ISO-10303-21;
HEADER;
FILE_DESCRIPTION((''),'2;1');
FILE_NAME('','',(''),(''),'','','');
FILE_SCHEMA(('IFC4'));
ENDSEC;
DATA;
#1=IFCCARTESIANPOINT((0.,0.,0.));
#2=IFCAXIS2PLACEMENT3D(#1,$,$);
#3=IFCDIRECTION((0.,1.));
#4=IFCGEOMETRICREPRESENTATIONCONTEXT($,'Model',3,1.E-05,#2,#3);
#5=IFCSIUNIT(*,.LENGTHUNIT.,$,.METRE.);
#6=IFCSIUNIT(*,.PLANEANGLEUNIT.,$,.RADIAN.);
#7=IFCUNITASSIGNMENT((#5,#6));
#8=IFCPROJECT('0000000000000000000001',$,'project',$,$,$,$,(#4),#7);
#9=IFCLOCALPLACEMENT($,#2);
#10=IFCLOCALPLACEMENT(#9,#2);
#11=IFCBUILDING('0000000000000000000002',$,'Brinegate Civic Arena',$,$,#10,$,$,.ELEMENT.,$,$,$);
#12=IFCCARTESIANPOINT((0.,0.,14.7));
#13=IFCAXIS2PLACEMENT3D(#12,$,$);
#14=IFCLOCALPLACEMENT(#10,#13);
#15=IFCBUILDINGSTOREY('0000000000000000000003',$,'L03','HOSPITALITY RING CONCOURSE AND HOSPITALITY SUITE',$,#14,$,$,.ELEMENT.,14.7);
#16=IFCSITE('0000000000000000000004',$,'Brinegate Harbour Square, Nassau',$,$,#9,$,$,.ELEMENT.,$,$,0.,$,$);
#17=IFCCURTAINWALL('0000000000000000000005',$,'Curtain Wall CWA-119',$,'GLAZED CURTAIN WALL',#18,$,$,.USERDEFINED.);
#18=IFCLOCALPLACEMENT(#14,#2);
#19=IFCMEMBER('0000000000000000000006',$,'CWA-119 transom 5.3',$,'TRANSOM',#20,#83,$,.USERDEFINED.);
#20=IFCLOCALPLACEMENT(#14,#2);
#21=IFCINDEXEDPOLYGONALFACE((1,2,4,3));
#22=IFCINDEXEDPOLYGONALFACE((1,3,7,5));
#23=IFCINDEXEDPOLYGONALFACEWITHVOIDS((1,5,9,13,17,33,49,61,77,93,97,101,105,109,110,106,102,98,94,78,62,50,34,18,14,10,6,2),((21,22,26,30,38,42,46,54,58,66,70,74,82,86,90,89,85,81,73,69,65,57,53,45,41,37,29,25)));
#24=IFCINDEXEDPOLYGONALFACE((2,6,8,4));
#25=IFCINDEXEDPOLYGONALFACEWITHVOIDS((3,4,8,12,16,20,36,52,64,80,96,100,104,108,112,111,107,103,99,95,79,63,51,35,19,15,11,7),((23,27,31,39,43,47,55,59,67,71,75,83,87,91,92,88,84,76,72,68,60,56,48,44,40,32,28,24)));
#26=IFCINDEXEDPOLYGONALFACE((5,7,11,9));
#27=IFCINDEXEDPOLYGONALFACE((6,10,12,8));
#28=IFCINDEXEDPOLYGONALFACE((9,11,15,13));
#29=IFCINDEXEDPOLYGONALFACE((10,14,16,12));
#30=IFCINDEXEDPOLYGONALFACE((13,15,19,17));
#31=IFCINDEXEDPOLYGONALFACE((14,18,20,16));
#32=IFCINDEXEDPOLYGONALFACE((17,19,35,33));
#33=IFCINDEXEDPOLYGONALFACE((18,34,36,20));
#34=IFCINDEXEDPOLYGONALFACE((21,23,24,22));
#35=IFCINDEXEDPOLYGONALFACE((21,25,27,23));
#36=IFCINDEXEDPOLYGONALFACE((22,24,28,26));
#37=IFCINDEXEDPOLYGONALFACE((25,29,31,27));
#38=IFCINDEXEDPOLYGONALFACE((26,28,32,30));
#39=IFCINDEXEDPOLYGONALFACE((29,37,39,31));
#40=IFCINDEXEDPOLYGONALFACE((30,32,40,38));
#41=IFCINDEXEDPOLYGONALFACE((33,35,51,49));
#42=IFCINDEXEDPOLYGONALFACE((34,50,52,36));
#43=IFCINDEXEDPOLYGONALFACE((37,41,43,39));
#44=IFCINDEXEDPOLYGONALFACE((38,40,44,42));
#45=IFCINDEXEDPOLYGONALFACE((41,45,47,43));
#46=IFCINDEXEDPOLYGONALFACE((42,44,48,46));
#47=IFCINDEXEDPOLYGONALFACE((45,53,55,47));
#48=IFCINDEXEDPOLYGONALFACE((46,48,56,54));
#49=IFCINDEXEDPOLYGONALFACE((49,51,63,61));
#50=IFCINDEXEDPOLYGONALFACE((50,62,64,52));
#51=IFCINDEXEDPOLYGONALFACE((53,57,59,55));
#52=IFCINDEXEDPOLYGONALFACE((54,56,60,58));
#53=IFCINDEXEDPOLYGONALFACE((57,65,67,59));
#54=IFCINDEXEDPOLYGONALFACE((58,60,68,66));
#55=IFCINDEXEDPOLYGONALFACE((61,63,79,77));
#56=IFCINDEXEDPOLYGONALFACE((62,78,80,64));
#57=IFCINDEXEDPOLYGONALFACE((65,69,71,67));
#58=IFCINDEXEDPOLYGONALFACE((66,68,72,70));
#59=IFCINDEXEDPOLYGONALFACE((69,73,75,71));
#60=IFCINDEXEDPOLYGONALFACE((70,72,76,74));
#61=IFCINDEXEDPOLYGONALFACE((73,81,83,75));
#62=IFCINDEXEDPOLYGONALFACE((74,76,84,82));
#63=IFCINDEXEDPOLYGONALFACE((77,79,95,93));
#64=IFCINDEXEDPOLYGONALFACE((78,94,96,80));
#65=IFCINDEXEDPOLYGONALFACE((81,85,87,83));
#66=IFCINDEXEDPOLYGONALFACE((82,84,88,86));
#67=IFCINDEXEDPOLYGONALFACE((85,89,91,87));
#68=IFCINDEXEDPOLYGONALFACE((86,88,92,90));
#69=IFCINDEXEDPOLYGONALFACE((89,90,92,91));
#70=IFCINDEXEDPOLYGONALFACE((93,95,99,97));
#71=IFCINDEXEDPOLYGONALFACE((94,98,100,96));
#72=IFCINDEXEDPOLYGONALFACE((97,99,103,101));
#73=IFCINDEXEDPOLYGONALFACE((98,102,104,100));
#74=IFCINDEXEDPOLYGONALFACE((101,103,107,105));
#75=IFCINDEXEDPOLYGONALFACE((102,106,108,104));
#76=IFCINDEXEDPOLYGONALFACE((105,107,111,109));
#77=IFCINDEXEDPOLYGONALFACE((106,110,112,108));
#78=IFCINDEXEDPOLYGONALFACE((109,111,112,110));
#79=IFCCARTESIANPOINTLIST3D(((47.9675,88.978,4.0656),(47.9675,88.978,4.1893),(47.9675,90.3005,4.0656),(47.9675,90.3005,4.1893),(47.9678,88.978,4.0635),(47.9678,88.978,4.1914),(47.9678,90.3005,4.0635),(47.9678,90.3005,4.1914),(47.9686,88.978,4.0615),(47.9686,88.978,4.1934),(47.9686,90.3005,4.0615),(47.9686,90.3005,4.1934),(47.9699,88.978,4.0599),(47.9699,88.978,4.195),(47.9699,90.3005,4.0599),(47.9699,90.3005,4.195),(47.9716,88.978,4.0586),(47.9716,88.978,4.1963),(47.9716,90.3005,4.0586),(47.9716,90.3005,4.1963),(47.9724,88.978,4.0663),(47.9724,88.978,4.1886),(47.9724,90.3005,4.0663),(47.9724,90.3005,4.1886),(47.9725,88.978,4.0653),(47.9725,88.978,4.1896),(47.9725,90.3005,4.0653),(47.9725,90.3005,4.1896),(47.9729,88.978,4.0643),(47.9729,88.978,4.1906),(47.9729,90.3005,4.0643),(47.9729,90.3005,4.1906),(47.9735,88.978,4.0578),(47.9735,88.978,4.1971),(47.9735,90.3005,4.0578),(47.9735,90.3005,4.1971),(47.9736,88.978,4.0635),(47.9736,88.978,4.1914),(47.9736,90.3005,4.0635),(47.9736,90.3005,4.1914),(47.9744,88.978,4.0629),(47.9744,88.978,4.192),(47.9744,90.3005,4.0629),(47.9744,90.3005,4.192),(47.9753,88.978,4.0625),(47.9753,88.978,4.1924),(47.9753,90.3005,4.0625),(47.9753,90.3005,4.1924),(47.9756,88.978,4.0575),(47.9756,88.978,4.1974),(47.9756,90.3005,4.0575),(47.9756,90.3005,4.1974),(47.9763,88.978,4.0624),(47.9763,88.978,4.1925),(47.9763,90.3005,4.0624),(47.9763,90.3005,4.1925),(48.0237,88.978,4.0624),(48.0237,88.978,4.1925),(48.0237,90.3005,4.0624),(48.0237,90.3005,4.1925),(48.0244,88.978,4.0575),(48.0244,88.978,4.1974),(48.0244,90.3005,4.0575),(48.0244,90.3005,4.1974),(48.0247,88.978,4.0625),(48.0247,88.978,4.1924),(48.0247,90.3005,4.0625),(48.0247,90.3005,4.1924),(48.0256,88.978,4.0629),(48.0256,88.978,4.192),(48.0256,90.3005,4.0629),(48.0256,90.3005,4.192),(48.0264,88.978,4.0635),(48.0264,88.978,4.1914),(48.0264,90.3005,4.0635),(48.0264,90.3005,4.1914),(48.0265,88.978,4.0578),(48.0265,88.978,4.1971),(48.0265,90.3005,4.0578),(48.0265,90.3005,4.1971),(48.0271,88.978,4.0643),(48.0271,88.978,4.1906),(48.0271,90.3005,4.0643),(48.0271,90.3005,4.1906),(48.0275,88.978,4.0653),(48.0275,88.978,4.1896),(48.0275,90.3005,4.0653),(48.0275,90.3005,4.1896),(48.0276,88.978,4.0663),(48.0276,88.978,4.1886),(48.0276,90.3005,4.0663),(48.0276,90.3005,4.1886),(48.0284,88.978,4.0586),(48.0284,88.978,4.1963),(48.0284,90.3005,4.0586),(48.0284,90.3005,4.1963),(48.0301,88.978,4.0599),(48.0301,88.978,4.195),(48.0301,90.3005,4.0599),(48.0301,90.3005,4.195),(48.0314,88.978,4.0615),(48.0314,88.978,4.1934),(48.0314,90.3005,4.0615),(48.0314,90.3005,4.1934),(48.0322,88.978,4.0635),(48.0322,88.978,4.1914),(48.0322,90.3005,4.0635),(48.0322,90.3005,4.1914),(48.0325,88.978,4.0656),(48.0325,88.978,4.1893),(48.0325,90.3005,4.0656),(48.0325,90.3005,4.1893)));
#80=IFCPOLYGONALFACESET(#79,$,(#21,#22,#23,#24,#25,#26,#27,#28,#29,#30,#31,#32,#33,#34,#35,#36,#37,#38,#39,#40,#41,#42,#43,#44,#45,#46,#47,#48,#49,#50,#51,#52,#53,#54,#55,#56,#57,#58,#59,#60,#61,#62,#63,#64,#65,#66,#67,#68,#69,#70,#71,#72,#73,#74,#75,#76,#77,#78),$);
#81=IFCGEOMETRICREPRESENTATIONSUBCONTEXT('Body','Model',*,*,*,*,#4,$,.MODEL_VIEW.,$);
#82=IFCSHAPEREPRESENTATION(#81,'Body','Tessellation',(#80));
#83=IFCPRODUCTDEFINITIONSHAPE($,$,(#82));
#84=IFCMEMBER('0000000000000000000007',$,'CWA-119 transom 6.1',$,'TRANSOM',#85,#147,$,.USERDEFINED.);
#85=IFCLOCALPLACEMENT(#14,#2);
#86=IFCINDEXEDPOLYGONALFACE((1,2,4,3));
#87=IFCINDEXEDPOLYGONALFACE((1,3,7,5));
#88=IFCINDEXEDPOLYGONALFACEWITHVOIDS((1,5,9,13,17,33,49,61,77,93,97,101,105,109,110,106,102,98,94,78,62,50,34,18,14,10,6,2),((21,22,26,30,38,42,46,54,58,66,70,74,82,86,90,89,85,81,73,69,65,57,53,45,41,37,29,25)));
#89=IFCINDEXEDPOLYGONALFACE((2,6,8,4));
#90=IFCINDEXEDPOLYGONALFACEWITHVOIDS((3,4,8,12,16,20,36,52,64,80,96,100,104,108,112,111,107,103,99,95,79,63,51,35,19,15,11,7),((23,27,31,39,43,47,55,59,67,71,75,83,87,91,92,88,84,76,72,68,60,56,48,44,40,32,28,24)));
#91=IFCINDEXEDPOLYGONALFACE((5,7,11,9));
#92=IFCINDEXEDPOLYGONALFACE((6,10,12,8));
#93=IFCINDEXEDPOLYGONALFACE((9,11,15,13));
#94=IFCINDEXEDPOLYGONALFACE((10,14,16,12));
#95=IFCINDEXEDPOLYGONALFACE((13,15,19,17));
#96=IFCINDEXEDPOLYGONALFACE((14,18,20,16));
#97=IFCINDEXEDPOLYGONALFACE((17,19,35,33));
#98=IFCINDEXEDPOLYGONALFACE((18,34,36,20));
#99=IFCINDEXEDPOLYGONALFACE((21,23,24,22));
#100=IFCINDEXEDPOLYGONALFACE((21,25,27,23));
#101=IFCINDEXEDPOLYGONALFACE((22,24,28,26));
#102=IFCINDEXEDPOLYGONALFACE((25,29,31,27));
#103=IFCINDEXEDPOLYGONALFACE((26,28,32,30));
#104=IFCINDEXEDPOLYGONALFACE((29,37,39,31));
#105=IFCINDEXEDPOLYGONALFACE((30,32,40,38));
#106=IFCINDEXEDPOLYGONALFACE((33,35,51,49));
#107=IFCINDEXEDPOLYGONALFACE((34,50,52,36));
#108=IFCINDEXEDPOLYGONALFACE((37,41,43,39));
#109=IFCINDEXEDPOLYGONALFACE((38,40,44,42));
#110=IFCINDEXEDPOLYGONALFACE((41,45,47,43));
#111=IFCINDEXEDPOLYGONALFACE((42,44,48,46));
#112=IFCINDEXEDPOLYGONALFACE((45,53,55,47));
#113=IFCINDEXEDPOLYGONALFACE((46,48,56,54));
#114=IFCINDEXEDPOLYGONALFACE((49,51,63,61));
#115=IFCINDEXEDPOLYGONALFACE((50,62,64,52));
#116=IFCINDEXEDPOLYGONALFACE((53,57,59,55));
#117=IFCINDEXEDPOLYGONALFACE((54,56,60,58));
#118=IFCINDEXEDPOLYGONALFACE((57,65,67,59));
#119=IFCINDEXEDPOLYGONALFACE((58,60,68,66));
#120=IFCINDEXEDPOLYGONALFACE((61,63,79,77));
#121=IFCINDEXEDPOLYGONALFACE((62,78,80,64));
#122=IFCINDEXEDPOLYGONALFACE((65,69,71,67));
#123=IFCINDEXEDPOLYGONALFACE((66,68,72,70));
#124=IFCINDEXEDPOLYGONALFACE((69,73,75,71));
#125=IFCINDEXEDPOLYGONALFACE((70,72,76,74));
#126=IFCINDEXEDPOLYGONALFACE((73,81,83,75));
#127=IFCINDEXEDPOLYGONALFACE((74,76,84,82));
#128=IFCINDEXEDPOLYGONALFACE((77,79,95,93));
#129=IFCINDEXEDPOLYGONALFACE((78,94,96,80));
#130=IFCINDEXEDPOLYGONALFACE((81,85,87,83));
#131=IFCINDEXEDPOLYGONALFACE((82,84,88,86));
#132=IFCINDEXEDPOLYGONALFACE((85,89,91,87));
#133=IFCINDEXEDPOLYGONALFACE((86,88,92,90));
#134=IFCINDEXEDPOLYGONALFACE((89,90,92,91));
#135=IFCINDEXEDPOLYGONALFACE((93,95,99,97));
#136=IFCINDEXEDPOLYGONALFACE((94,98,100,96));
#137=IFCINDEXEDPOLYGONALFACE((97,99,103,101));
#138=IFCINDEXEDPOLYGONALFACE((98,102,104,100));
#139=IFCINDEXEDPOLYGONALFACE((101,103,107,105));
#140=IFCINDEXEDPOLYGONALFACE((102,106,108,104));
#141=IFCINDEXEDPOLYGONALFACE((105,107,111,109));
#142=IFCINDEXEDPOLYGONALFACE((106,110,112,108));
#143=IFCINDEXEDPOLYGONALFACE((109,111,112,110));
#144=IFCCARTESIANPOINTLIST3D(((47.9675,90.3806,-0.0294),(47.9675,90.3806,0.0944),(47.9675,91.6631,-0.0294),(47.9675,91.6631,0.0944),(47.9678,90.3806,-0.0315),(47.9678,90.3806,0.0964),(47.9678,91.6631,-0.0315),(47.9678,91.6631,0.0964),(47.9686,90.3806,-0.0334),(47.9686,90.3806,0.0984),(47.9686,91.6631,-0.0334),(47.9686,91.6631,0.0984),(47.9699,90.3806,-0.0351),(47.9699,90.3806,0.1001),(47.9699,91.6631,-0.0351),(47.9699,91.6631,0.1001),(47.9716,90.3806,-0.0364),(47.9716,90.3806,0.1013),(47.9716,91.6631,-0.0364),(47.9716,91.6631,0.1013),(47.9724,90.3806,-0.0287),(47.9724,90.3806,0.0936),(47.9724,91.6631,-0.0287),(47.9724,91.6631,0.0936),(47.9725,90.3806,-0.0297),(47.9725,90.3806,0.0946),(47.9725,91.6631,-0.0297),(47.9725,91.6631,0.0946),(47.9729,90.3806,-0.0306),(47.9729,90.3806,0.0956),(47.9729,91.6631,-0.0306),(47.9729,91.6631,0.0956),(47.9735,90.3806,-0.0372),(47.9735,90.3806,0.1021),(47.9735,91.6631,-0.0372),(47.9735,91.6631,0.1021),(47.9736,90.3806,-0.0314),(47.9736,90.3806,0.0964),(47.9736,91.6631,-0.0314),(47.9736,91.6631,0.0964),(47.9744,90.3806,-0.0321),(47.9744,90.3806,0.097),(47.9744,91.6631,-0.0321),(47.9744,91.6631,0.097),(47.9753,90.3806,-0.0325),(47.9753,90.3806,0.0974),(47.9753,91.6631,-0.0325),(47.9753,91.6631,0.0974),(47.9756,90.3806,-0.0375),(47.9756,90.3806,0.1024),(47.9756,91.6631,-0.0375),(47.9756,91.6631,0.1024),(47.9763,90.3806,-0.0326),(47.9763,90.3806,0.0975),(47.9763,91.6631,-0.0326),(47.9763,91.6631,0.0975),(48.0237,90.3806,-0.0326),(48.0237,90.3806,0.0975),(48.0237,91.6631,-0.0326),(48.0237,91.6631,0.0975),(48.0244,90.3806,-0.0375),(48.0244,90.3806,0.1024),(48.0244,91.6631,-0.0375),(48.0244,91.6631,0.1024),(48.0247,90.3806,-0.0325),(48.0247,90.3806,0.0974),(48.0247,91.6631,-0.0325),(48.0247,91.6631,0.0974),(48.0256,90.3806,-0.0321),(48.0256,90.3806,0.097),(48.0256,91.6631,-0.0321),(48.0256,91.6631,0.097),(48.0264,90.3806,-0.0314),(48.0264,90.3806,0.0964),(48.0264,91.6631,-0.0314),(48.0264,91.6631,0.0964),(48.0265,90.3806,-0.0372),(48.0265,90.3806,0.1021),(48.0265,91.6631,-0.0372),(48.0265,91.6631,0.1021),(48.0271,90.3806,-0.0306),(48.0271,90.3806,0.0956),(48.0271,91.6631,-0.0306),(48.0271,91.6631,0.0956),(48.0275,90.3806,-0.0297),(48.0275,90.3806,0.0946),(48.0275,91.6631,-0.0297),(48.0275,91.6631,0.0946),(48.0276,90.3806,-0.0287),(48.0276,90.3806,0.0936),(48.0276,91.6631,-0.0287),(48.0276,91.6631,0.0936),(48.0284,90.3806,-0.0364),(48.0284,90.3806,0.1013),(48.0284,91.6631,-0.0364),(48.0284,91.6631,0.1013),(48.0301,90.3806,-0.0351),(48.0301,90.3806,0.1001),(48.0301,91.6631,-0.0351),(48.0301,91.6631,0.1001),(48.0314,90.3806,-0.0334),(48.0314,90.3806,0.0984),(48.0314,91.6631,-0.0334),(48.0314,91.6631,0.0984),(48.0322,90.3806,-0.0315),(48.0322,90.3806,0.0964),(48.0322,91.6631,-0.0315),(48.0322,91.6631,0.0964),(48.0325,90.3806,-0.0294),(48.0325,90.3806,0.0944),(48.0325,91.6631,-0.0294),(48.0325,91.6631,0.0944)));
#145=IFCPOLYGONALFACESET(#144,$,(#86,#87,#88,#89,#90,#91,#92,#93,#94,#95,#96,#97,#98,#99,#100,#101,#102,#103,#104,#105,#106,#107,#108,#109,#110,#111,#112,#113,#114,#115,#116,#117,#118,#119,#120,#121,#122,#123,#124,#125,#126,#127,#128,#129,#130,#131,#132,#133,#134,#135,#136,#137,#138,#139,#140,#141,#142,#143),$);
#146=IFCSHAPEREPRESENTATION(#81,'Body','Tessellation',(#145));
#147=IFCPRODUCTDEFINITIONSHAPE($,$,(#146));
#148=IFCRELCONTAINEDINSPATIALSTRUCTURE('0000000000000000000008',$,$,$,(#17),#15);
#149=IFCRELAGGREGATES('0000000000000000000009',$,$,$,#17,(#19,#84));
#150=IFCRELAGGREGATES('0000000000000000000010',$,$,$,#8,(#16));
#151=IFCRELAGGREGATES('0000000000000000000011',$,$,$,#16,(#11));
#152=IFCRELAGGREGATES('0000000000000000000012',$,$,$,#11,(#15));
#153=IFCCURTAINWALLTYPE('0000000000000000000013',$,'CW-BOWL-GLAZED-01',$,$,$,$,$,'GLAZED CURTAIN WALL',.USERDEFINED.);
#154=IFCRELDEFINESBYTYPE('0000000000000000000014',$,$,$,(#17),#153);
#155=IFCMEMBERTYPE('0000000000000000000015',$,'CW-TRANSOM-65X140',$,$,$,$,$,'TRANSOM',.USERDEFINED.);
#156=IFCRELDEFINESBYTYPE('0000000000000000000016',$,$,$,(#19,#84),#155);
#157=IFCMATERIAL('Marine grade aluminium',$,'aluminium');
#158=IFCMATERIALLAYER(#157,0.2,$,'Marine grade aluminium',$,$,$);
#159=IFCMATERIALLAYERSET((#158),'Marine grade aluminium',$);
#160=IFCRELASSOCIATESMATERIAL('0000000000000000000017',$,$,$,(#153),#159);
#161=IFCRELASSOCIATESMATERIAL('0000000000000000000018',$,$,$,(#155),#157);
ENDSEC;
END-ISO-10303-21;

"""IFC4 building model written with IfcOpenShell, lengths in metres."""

from ifc_helpers import new_model, si_unit, direction, frame, origin, origin_2d, place, context, subcontext, project, spatial, hollow_rectangle, extrude, material, layer, layer_set, material_profile, profile_set, type_object, element, aggregate, save


model = new_model("IFC4")

# Units and contexts
model_context = context("Model", 3, precision=1e-05, world=origin(), true_north=direction((0.0, 1.0)))
body_context = subcontext(model_context, "Body", "Model", "MODEL_VIEW")
ifc_project = project(units=[si_unit("LENGTHUNIT", "METRE"), si_unit("PLANEANGLEUNIT", "RADIAN")], contexts=[model_context])

# Site, building, storey
site_placement = place(None, origin())
site = spatial("IfcSite", under=ifc_project, at=site_placement, Name="Brinegate Harbour Square, Nassau", CompositionType="ELEMENT", RefElevation=0.0)
building_placement = place(site_placement, origin())
building = spatial("IfcBuilding", under=site, at=building_placement, Name="Brinegate Civic Arena", CompositionType="ELEMENT")
storey_placement = place(building_placement, frame((0.0, 0.0, 14.7)))
storey = spatial("IfcBuildingStorey", under=building, at=storey_placement, Name="L03", Description="HOSPITALITY RING CONCOURSE AND HOSPITALITY SUITE", CompositionType="ELEMENT", Elevation=14.7)

# Curtain wall, members
ifc_material_1 = material(Name="Marine grade aluminium", Category="aluminium")
ifc_layer_1 = layer(ifc_material_1, 0.2, Name="Marine grade aluminium")
ifc_layer_set_1 = layer_set([ifc_layer_1], Name="Marine grade aluminium")
curtain_wall_type = type_object("IfcCurtainWallType", Name="CW-BOWL-GLAZED-01", ElementType="GLAZED CURTAIN WALL", PredefinedType="USERDEFINED", material=ifc_layer_set_1)
curtain_wall_1_placement = place(storey_placement, origin())
curtain_wall_1 = element("IfcCurtainWall", 1, at=curtain_wall_1_placement, inside=storey, type_object=curtain_wall_type, Name="Curtain Wall CWA-119", ObjectType="GLAZED CURTAIN WALL", PredefinedType="USERDEFINED")
ifc_material_profile_1 = material_profile(ifc_material_1, hollow_rectangle(XDim=0.0649, YDim=0.1399, WallThickness=0.0049, InnerFilletRadius=0.0039, OuterFilletRadius=0.0081, at=origin_2d()), Name="TRN65X140")
ifc_profile_set_1 = profile_set([ifc_material_profile_1], Name="Marine grade aluminium")
member_type_1 = type_object("IfcMemberType", Name="CW-TRANSOM-65X140", ElementType="TRANSOM", PredefinedType="USERDEFINED", material=ifc_profile_set_1)
member_1_placement = place(storey_placement, frame((48.0, 88.978, 4.1274), z_axis=(0.0, 1.0, 0.0), x_axis=(-1.0, 0.0, 0.0)))
member_1 = element("IfcMember", 2, at=member_1_placement, type_object=member_type_1, Name="CWA-119 transom 5.3", ObjectType="TRANSOM", PredefinedType="USERDEFINED", context=body_context, shape_type="SweptSolid", body=[
    extrude(hollow_rectangle(XDim=0.0649, YDim=0.1399, WallThickness=0.0049, InnerFilletRadius=0.0039, OuterFilletRadius=0.0081, at=origin_2d()), origin(), (0.0, 0.0, 1.0), 1.3225),
])
member_2_placement = place(storey_placement, frame((48.0, 90.3806, 0.0325), z_axis=(0.0, 1.0, 0.0), x_axis=(-1.0, 0.0, 0.0)))
member_2 = element("IfcMember", 3, at=member_2_placement, type_object=member_type_1, Name="CWA-119 transom 6.1", ObjectType="TRANSOM", PredefinedType="USERDEFINED", context=body_context, shape_type="SweptSolid", body=[
    extrude(hollow_rectangle(XDim=0.0649, YDim=0.1399, WallThickness=0.0049, InnerFilletRadius=0.0039, OuterFilletRadius=0.0081, at=origin_2d()), origin(), (0.0, 0.0, 1.0), 1.2825),
])

aggregate(curtain_wall_1, [member_1, member_2])

save(model, "model.ifc")
